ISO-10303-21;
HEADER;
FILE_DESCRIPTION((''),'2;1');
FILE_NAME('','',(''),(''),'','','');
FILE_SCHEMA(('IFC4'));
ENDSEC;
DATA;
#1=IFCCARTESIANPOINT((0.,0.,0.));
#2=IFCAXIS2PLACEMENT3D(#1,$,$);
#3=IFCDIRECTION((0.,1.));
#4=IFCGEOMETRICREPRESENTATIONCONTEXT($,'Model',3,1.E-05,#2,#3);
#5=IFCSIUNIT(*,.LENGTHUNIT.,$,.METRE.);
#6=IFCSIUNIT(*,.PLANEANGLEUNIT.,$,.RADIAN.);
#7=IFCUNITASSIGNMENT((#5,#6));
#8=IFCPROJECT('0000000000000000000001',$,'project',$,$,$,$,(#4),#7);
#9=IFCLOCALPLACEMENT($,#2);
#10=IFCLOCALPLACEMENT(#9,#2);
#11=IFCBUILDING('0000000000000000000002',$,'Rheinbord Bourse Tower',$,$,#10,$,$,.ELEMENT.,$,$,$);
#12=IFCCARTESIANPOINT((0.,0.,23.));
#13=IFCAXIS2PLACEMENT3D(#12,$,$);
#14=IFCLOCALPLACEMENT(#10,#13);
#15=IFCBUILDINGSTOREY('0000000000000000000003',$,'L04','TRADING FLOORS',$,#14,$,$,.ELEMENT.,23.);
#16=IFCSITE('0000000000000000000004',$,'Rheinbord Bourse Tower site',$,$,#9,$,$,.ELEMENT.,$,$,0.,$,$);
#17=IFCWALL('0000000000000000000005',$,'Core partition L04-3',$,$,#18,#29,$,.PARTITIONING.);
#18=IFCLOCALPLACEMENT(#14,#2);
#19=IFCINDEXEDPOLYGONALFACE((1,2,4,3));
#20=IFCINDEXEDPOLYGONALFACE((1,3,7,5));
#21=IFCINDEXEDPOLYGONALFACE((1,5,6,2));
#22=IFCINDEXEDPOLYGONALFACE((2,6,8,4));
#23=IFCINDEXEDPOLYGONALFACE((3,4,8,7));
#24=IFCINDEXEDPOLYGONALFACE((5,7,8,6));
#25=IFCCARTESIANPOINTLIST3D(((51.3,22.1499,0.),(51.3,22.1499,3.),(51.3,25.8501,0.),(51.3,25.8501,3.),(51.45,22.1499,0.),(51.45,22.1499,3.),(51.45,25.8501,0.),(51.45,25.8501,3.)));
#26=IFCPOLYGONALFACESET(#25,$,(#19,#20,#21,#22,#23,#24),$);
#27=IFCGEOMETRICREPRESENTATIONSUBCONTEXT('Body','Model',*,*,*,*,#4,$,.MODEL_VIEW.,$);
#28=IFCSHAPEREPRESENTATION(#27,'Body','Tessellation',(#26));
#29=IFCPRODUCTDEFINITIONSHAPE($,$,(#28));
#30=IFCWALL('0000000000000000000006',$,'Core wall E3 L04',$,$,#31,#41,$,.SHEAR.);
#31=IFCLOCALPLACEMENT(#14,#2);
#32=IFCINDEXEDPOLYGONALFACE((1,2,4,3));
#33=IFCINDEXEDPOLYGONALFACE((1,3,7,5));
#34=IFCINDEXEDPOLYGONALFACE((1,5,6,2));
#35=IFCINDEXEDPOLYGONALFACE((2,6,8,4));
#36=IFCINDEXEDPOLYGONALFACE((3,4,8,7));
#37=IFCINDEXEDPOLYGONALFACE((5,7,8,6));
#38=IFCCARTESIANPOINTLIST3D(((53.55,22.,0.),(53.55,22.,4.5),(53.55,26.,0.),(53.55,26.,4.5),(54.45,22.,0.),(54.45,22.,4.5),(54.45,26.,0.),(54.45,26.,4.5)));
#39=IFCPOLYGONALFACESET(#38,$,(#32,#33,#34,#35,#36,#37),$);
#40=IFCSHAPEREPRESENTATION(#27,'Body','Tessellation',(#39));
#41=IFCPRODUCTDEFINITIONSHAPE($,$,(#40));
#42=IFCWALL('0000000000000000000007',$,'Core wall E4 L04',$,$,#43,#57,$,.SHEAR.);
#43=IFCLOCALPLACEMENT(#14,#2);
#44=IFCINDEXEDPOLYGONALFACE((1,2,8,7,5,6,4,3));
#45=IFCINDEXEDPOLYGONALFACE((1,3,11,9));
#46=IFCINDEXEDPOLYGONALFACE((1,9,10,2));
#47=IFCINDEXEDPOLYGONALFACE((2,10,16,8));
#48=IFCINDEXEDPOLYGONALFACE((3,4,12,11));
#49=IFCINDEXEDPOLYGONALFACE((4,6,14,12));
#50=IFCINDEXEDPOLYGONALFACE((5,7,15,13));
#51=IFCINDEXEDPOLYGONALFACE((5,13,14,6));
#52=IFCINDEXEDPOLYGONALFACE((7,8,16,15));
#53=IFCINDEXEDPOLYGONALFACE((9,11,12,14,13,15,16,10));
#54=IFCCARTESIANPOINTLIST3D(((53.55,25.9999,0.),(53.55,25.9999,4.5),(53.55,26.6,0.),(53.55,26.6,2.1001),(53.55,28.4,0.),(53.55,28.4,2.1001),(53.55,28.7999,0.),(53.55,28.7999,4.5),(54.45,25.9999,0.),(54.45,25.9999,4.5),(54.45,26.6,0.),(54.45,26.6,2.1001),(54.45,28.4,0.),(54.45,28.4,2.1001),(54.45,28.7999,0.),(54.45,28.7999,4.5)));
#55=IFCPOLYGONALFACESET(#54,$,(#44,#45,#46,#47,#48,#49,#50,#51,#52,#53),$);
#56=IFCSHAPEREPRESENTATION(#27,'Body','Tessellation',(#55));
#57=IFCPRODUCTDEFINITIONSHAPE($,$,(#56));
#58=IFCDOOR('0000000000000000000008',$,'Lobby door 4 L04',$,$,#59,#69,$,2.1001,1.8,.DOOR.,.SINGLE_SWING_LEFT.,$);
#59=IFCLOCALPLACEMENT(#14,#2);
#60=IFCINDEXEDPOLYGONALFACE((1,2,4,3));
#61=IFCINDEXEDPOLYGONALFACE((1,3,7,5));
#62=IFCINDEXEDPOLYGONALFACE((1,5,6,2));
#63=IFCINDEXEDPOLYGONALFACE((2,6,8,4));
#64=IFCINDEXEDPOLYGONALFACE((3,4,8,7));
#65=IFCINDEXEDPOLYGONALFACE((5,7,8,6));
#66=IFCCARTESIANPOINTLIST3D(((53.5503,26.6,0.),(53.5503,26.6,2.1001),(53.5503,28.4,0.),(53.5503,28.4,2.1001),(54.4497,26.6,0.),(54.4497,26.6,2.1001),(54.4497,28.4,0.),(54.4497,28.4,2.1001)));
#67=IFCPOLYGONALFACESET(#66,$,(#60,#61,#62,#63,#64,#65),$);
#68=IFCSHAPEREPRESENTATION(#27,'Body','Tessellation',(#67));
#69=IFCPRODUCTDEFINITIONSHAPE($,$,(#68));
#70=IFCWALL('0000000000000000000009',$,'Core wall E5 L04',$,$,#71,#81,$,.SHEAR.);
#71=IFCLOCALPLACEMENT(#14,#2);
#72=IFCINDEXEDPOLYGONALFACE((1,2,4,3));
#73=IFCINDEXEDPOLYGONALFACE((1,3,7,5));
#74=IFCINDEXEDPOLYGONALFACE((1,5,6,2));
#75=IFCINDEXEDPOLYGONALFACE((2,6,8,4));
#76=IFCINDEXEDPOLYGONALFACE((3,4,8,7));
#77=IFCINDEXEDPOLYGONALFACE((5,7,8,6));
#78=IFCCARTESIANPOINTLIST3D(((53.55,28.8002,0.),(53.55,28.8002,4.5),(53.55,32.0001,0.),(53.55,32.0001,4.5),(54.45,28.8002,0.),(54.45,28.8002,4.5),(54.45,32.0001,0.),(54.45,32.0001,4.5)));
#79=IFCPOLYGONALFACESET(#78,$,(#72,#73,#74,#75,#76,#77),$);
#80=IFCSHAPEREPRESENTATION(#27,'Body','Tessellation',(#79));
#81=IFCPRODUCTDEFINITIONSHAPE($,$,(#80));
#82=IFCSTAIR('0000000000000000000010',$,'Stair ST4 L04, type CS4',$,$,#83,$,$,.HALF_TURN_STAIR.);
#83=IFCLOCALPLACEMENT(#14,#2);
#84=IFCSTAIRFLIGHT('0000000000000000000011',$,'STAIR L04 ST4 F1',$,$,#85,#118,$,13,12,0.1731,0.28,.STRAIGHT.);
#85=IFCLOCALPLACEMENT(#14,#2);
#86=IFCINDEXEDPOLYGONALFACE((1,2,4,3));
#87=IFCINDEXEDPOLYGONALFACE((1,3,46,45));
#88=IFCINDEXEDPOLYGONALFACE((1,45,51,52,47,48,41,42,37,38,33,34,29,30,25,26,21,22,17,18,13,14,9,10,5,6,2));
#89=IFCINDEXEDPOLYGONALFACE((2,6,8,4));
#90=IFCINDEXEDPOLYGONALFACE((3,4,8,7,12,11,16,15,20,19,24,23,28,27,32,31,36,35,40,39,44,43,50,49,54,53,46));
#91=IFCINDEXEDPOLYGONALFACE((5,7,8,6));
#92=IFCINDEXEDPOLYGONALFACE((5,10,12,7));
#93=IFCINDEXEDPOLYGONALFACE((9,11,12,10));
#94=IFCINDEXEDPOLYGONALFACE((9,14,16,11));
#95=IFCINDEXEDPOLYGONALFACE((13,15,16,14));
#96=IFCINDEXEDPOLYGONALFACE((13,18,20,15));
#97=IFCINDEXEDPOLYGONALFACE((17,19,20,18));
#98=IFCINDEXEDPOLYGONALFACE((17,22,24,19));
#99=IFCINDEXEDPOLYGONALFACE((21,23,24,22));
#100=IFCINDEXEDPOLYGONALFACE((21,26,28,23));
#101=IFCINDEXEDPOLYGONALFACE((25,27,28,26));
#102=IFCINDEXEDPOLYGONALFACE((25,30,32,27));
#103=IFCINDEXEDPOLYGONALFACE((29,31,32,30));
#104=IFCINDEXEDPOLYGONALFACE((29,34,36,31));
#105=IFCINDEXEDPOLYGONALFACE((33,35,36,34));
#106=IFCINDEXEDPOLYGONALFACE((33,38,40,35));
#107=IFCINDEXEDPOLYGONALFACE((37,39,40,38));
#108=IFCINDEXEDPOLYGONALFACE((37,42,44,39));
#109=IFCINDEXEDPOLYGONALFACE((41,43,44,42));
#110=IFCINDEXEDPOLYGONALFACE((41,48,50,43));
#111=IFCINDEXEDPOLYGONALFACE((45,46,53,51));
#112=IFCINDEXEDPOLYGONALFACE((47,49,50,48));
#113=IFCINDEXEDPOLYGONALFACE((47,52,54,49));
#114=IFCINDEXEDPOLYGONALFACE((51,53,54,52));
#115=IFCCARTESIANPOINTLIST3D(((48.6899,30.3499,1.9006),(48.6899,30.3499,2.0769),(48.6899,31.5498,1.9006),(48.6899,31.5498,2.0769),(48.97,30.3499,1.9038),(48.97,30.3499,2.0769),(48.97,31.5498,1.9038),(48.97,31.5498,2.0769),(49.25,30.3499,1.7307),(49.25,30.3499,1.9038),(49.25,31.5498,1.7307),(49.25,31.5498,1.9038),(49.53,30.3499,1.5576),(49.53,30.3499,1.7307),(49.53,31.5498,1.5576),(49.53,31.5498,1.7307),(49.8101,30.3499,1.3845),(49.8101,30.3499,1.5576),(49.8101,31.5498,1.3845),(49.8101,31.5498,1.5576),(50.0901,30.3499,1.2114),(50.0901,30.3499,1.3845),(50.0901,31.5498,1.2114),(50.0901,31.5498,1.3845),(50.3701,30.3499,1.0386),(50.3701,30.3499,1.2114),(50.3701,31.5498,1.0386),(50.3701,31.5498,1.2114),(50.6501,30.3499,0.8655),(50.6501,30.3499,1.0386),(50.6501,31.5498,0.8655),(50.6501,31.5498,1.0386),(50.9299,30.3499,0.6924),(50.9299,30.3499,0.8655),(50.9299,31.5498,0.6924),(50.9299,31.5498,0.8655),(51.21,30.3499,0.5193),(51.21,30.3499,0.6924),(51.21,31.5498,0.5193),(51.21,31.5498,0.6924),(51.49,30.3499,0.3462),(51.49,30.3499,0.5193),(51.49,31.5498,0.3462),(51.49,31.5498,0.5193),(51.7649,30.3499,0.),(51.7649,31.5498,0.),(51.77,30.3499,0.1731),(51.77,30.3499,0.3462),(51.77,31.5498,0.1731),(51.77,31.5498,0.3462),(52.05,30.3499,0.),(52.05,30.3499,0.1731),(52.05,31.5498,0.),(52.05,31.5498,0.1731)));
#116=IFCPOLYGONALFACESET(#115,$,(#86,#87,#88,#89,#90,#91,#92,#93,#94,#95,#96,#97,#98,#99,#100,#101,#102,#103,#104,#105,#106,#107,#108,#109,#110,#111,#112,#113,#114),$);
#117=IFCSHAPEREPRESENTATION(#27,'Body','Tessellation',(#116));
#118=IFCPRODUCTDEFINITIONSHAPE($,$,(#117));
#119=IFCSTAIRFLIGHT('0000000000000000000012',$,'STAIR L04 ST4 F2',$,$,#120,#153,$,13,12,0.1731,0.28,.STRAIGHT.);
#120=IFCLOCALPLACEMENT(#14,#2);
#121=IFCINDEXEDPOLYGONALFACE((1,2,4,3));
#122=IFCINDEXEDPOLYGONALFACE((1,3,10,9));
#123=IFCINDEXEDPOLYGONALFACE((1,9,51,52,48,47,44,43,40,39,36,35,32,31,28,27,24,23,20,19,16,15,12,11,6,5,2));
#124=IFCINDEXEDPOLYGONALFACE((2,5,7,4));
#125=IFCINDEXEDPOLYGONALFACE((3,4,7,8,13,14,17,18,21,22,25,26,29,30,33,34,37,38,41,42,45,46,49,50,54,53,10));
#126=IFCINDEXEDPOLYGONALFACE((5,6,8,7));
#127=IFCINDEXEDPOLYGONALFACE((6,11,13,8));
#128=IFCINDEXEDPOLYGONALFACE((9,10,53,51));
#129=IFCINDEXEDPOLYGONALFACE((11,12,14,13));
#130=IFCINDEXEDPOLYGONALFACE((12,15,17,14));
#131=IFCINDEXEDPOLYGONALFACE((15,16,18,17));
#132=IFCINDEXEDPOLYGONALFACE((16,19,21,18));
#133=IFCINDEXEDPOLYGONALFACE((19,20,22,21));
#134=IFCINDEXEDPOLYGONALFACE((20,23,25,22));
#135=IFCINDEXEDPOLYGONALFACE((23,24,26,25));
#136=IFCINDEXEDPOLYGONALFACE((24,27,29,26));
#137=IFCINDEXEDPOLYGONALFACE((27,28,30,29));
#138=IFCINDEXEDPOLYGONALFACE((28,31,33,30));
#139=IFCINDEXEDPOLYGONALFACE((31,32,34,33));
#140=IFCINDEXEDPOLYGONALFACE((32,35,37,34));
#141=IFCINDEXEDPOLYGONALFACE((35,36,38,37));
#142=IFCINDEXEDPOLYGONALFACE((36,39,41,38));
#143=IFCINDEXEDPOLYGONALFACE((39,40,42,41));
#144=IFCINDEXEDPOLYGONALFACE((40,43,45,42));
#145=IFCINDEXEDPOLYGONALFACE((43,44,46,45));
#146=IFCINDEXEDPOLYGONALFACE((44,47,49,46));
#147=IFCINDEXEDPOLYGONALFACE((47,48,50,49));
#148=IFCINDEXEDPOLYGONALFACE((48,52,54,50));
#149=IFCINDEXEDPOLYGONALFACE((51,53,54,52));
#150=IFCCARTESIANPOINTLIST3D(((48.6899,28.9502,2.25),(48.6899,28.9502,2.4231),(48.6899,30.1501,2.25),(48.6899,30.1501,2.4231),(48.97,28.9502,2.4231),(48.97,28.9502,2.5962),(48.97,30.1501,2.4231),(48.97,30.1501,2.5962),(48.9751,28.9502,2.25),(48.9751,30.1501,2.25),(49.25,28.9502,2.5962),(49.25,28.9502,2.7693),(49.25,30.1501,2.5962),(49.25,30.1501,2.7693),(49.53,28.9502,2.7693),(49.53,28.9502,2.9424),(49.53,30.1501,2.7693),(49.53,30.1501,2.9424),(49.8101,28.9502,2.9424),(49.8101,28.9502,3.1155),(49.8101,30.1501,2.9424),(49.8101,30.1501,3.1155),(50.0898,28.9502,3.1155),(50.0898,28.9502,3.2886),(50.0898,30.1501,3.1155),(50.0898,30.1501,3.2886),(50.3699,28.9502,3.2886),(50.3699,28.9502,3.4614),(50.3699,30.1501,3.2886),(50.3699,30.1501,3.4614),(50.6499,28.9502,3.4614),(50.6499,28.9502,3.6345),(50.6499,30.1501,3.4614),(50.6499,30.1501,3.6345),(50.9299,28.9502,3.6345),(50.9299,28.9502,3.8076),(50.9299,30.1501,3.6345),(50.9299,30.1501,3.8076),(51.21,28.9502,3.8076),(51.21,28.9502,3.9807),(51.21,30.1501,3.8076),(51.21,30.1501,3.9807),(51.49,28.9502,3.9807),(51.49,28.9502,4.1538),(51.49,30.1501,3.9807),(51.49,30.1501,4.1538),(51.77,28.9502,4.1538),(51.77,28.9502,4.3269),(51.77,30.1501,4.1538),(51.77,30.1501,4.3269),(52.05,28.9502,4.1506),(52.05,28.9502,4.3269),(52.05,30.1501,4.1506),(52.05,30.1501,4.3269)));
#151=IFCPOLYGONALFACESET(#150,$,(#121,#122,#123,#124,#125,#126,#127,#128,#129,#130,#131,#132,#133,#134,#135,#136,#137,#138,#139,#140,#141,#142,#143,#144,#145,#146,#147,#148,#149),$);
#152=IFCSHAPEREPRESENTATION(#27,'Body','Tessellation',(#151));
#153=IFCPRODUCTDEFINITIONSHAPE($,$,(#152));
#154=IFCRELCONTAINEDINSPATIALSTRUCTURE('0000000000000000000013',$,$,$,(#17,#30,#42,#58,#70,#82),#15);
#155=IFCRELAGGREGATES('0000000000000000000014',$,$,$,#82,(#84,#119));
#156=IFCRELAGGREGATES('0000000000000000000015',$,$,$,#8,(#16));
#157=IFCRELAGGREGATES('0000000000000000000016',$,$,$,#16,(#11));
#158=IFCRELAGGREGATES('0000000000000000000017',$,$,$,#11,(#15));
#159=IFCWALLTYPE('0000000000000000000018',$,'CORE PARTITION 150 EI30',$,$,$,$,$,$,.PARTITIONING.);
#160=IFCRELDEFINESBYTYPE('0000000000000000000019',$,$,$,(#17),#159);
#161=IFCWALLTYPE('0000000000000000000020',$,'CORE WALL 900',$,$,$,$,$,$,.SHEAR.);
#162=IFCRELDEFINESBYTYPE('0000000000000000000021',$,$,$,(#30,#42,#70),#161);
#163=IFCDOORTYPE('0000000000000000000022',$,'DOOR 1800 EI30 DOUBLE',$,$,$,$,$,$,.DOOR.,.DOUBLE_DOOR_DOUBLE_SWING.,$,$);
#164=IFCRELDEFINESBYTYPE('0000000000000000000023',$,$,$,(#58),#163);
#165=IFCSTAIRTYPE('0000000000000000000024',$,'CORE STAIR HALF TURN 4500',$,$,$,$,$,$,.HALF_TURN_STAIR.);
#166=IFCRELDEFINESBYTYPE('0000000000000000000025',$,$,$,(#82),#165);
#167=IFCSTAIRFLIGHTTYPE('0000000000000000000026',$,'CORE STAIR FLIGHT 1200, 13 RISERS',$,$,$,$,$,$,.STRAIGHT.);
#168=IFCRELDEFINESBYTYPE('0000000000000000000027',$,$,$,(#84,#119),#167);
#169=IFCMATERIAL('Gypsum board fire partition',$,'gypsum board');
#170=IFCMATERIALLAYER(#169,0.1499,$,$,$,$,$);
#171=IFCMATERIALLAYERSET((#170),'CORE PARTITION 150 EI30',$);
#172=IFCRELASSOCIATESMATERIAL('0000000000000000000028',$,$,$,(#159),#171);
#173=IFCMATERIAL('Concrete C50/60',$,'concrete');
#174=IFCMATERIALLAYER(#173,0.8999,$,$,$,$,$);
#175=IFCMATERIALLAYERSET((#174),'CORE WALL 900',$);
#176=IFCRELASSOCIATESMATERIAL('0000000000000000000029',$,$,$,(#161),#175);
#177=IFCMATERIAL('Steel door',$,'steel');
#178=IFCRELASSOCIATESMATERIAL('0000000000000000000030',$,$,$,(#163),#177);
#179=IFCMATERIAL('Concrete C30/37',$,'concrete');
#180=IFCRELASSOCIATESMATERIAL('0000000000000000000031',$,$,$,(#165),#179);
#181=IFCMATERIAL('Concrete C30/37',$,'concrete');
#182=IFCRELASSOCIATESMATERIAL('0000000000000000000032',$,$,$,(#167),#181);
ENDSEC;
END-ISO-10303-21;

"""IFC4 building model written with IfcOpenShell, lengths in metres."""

from ifc_helpers import new_model, si_unit, direction, frame, frame_2d, origin, place, context, subcontext, project, spatial, polyline, rectangle, outline, extrude, material, layer, layer_set, type_object, element, fill, aggregate, save


model = new_model("IFC4")

# Units and contexts
model_context = context("Model", 3, precision=1e-05, world=origin(), true_north=direction((0.0, 1.0)))
body_context = subcontext(model_context, "Body", "Model", "MODEL_VIEW")
ifc_project = project(units=[si_unit("LENGTHUNIT", "METRE"), si_unit("PLANEANGLEUNIT", "RADIAN")], contexts=[model_context])

# Site, building, storey
site_placement = place(None, origin())
site = spatial("IfcSite", under=ifc_project, at=site_placement, Name="Rheinbord Bourse Tower site", CompositionType="ELEMENT", RefElevation=0.0)
building_placement = place(site_placement, origin())
building = spatial("IfcBuilding", under=site, at=building_placement, Name="Rheinbord Bourse Tower", CompositionType="ELEMENT")
storey_placement = place(building_placement, frame((0.0, 0.0, 23.0)))
storey = spatial("IfcBuildingStorey", under=building, at=storey_placement, Name="L04", Description="TRADING FLOORS", CompositionType="ELEMENT", Elevation=23.0)

# Walls
ifc_material_1 = material(Name="Gypsum board fire partition", Category="gypsum board")
ifc_layer_1 = layer(ifc_material_1, 0.1499)
ifc_layer_set_1 = layer_set([ifc_layer_1], Name="CORE PARTITION 150 EI30")
wall_type_1 = type_object("IfcWallType", Name="CORE PARTITION 150 EI30", PredefinedType="PARTITIONING", material=ifc_layer_set_1)
wall_1_placement = place(storey_placement, frame((51.375, 22.1499, 0.0), z_axis=(0.0, 0.0, 1.0), x_axis=(0.0, 1.0, 0.0)))
element("IfcWall", 1, at=wall_1_placement, inside=storey, type_object=wall_type_1, Name="Core partition L04-3", PredefinedType="PARTITIONING", context=body_context, shape_type="SweptSolid", body=[
    extrude(rectangle(XDim=3.7002, YDim=0.1499, at=frame_2d((1.8501, 0.0))), origin(), (0.0, 0.0, 1.0), 3.0),
])
ifc_material_2 = material(Name="Concrete C50/60", Category="concrete")
ifc_layer_2 = layer(ifc_material_2, 0.8999)
ifc_layer_set_2 = layer_set([ifc_layer_2], Name="CORE WALL 900")
wall_type_2 = type_object("IfcWallType", Name="CORE WALL 900", PredefinedType="SHEAR", material=ifc_layer_set_2)
wall_2_placement = place(storey_placement, frame((54.0, 22.0, 0.0), z_axis=(0.0, 0.0, 1.0), x_axis=(0.0, 1.0, 0.0)))
element("IfcWall", 2, at=wall_2_placement, inside=storey, type_object=wall_type_2, Name="Core wall E3 L04", PredefinedType="SHEAR", context=body_context, shape_type="SweptSolid", body=[
    extrude(rectangle(XDim=4.0, YDim=0.8999, at=frame_2d((2.0, 0.0))), origin(), (0.0, 0.0, 1.0), 4.5),
])

# Wall, opening, door
wall_3_placement = place(storey_placement, frame((54.0, 26.0, 0.0), z_axis=(0.0, 0.0, 1.0), x_axis=(0.0, 1.0, 0.0)))
wall_3 = element("IfcWall", 3, at=wall_3_placement, inside=storey, type_object=wall_type_2, Name="Core wall E4 L04", PredefinedType="SHEAR", context=body_context, shape_type="SweptSolid", body=[
    extrude(rectangle(XDim=2.8, YDim=0.8999, at=frame_2d((1.3999, 0.0))), origin(), (0.0, 0.0, 1.0), 4.5),
])
opening_1_placement = place(wall_3_placement, frame((0.6001, 0.0, 0.0)))
opening_1 = element("IfcOpeningElement", 4, at=opening_1_placement, cuts=wall_3, PredefinedType="OPENING", context=body_context, shape_type="SweptSolid", body=[
    extrude(rectangle(XDim=1.8, YDim=2.1001, at=frame_2d((0.8999, 1.05))), frame((0.0, 0.46, 0.0), z_axis=(0.0, -1.0, 0.0), x_axis=(1.0, 0.0, 0.0)), (0.0, 0.0, 1.0), 0.9199),
])
ifc_material_3 = material(Name="Steel door", Category="steel")
door_type_1 = type_object("IfcDoorType", Name="DOOR 1800 EI30 DOUBLE", OperationType="DOUBLE_DOOR_DOUBLE_SWING", PredefinedType="DOOR", material=ifc_material_3)
door_1_placement = place(opening_1_placement, origin())
door_1 = element("IfcDoor", 5, at=door_1_placement, inside=storey, type_object=door_type_1, Name="Lobby door 4 L04", OperationType="SINGLE_SWING_LEFT", OverallHeight=2.1001, OverallWidth=1.8, PredefinedType="DOOR", context=body_context, shape_type="SweptSolid", body=[
    extrude(rectangle(XDim=1.8, YDim=2.1001, at=frame_2d((0.8999, 1.05))), frame((0.0, 0.4497, 0.0), z_axis=(0.0, -1.0, 0.0), x_axis=(1.0, 0.0, 0.0)), (0.0, 0.0, 1.0), 0.8994),
])
fill(opening_1, door_1)

# Wall
wall_4_placement = place(storey_placement, frame((54.0, 28.8, 0.0), z_axis=(0.0, 0.0, 1.0), x_axis=(0.0, 1.0, 0.0)))
element("IfcWall", 6, at=wall_4_placement, inside=storey, type_object=wall_type_2, Name="Core wall E5 L04", PredefinedType="SHEAR", context=body_context, shape_type="SweptSolid", body=[
    extrude(rectangle(XDim=3.2, YDim=0.8999, at=frame_2d((1.6001, 0.0))), origin(), (0.0, 0.0, 1.0), 4.5),
])

# Stair, stair flights
ifc_material_4 = material(Name="Concrete C30/37", Category="concrete")
stair_type = type_object("IfcStairType", Name="CORE STAIR HALF TURN 4500", PredefinedType="HALF_TURN_STAIR", material=ifc_material_4)
stair_placement = place(storey_placement, origin())
stair = element("IfcStair", 7, at=stair_placement, inside=storey, type_object=stair_type, Name="Stair ST4 L04, type CS4", PredefinedType="HALF_TURN_STAIR")
ifc_material_5 = material(Name="Concrete C30/37", Category="concrete")
stair_flight_type = type_object("IfcStairFlightType", Name="CORE STAIR FLIGHT 1200, 13 RISERS", PredefinedType="STRAIGHT", material=ifc_material_5)
stair_flight_1_placement = place(storey_placement, frame((52.05, 30.95, 0.0), z_axis=(0.0, 0.0, 1.0), x_axis=(-1.0, 0.0, 0.0)))
stair_flight_1 = element("IfcStairFlight", 8, at=stair_flight_1_placement, type_object=stair_flight_type, Name="STAIR L04 ST4 F1", NumberOfRisers=13, NumberOfTreads=12, PredefinedType="STRAIGHT", RiserHeight=0.1731, TreadLength=0.28, context=body_context, shape_type="SweptSolid", body=[
    extrude(outline(polyline([(0.0, 0.0), (0.0, 0.1731), (0.28, 0.1731), (0.28, 0.3462), (0.5601, 0.3462), (0.5601, 0.5193), (0.8401, 0.5193), (0.8401, 0.6924), (1.1201, 0.6924), (1.1201, 0.8655), (1.3999, 0.8655), (1.3999, 1.0386), (1.6799, 1.0386), (1.6799, 1.2114), (1.96, 1.2114), (1.96, 1.3845), (2.24, 1.3845), (2.24, 1.5576), (2.52, 1.5576), (2.52, 1.7307), (2.8, 1.7307), (2.8, 1.9038), (3.0801, 1.9038), (3.0801, 2.0769), (3.3601, 2.0769), (3.3601, 2.25), (3.3601, 1.9006), (0.2852, 0.0), (0.0, 0.0)])), frame((0.0, 0.6001, 0.0), z_axis=(0.0, -1.0, 0.0), x_axis=(1.0, 0.0, 0.0)), (0.0, 0.0, 1.0), 1.2),
])
stair_flight_2_placement = place(storey_placement, frame((48.6899, 29.55, 2.25), z_axis=(0.0, 0.0, 1.0), x_axis=(1.0, 0.0, 0.0)))
stair_flight_2 = element("IfcStairFlight", 9, at=stair_flight_2_placement, type_object=stair_flight_type, Name="STAIR L04 ST4 F2", NumberOfRisers=13, NumberOfTreads=12, PredefinedType="STRAIGHT", RiserHeight=0.1731, TreadLength=0.28, context=body_context, shape_type="SweptSolid", body=[
    extrude(outline(polyline([(0.0, 0.0), (0.0, 0.1731), (0.28, 0.1731), (0.28, 0.3462), (0.5601, 0.3462), (0.5601, 0.5193), (0.8401, 0.5193), (0.8401, 0.6924), (1.1201, 0.6924), (1.1201, 0.8655), (1.3999, 0.8655), (1.3999, 1.0386), (1.6799, 1.0386), (1.6799, 1.2114), (1.96, 1.2114), (1.96, 1.3845), (2.24, 1.3845), (2.24, 1.5576), (2.52, 1.5576), (2.52, 1.7307), (2.8, 1.7307), (2.8, 1.9038), (3.0801, 1.9038), (3.0801, 2.0769), (3.3601, 2.0769), (3.3601, 2.25), (3.3601, 1.9006), (0.2852, 0.0), (0.0, 0.0)])), frame((0.0, 0.6001, 0.0), z_axis=(0.0, -1.0, 0.0), x_axis=(1.0, 0.0, 0.0)), (0.0, 0.0, 1.0), 1.2),
])
aggregate(stair, [stair_flight_1, stair_flight_2])

save(model, "model.ifc")
